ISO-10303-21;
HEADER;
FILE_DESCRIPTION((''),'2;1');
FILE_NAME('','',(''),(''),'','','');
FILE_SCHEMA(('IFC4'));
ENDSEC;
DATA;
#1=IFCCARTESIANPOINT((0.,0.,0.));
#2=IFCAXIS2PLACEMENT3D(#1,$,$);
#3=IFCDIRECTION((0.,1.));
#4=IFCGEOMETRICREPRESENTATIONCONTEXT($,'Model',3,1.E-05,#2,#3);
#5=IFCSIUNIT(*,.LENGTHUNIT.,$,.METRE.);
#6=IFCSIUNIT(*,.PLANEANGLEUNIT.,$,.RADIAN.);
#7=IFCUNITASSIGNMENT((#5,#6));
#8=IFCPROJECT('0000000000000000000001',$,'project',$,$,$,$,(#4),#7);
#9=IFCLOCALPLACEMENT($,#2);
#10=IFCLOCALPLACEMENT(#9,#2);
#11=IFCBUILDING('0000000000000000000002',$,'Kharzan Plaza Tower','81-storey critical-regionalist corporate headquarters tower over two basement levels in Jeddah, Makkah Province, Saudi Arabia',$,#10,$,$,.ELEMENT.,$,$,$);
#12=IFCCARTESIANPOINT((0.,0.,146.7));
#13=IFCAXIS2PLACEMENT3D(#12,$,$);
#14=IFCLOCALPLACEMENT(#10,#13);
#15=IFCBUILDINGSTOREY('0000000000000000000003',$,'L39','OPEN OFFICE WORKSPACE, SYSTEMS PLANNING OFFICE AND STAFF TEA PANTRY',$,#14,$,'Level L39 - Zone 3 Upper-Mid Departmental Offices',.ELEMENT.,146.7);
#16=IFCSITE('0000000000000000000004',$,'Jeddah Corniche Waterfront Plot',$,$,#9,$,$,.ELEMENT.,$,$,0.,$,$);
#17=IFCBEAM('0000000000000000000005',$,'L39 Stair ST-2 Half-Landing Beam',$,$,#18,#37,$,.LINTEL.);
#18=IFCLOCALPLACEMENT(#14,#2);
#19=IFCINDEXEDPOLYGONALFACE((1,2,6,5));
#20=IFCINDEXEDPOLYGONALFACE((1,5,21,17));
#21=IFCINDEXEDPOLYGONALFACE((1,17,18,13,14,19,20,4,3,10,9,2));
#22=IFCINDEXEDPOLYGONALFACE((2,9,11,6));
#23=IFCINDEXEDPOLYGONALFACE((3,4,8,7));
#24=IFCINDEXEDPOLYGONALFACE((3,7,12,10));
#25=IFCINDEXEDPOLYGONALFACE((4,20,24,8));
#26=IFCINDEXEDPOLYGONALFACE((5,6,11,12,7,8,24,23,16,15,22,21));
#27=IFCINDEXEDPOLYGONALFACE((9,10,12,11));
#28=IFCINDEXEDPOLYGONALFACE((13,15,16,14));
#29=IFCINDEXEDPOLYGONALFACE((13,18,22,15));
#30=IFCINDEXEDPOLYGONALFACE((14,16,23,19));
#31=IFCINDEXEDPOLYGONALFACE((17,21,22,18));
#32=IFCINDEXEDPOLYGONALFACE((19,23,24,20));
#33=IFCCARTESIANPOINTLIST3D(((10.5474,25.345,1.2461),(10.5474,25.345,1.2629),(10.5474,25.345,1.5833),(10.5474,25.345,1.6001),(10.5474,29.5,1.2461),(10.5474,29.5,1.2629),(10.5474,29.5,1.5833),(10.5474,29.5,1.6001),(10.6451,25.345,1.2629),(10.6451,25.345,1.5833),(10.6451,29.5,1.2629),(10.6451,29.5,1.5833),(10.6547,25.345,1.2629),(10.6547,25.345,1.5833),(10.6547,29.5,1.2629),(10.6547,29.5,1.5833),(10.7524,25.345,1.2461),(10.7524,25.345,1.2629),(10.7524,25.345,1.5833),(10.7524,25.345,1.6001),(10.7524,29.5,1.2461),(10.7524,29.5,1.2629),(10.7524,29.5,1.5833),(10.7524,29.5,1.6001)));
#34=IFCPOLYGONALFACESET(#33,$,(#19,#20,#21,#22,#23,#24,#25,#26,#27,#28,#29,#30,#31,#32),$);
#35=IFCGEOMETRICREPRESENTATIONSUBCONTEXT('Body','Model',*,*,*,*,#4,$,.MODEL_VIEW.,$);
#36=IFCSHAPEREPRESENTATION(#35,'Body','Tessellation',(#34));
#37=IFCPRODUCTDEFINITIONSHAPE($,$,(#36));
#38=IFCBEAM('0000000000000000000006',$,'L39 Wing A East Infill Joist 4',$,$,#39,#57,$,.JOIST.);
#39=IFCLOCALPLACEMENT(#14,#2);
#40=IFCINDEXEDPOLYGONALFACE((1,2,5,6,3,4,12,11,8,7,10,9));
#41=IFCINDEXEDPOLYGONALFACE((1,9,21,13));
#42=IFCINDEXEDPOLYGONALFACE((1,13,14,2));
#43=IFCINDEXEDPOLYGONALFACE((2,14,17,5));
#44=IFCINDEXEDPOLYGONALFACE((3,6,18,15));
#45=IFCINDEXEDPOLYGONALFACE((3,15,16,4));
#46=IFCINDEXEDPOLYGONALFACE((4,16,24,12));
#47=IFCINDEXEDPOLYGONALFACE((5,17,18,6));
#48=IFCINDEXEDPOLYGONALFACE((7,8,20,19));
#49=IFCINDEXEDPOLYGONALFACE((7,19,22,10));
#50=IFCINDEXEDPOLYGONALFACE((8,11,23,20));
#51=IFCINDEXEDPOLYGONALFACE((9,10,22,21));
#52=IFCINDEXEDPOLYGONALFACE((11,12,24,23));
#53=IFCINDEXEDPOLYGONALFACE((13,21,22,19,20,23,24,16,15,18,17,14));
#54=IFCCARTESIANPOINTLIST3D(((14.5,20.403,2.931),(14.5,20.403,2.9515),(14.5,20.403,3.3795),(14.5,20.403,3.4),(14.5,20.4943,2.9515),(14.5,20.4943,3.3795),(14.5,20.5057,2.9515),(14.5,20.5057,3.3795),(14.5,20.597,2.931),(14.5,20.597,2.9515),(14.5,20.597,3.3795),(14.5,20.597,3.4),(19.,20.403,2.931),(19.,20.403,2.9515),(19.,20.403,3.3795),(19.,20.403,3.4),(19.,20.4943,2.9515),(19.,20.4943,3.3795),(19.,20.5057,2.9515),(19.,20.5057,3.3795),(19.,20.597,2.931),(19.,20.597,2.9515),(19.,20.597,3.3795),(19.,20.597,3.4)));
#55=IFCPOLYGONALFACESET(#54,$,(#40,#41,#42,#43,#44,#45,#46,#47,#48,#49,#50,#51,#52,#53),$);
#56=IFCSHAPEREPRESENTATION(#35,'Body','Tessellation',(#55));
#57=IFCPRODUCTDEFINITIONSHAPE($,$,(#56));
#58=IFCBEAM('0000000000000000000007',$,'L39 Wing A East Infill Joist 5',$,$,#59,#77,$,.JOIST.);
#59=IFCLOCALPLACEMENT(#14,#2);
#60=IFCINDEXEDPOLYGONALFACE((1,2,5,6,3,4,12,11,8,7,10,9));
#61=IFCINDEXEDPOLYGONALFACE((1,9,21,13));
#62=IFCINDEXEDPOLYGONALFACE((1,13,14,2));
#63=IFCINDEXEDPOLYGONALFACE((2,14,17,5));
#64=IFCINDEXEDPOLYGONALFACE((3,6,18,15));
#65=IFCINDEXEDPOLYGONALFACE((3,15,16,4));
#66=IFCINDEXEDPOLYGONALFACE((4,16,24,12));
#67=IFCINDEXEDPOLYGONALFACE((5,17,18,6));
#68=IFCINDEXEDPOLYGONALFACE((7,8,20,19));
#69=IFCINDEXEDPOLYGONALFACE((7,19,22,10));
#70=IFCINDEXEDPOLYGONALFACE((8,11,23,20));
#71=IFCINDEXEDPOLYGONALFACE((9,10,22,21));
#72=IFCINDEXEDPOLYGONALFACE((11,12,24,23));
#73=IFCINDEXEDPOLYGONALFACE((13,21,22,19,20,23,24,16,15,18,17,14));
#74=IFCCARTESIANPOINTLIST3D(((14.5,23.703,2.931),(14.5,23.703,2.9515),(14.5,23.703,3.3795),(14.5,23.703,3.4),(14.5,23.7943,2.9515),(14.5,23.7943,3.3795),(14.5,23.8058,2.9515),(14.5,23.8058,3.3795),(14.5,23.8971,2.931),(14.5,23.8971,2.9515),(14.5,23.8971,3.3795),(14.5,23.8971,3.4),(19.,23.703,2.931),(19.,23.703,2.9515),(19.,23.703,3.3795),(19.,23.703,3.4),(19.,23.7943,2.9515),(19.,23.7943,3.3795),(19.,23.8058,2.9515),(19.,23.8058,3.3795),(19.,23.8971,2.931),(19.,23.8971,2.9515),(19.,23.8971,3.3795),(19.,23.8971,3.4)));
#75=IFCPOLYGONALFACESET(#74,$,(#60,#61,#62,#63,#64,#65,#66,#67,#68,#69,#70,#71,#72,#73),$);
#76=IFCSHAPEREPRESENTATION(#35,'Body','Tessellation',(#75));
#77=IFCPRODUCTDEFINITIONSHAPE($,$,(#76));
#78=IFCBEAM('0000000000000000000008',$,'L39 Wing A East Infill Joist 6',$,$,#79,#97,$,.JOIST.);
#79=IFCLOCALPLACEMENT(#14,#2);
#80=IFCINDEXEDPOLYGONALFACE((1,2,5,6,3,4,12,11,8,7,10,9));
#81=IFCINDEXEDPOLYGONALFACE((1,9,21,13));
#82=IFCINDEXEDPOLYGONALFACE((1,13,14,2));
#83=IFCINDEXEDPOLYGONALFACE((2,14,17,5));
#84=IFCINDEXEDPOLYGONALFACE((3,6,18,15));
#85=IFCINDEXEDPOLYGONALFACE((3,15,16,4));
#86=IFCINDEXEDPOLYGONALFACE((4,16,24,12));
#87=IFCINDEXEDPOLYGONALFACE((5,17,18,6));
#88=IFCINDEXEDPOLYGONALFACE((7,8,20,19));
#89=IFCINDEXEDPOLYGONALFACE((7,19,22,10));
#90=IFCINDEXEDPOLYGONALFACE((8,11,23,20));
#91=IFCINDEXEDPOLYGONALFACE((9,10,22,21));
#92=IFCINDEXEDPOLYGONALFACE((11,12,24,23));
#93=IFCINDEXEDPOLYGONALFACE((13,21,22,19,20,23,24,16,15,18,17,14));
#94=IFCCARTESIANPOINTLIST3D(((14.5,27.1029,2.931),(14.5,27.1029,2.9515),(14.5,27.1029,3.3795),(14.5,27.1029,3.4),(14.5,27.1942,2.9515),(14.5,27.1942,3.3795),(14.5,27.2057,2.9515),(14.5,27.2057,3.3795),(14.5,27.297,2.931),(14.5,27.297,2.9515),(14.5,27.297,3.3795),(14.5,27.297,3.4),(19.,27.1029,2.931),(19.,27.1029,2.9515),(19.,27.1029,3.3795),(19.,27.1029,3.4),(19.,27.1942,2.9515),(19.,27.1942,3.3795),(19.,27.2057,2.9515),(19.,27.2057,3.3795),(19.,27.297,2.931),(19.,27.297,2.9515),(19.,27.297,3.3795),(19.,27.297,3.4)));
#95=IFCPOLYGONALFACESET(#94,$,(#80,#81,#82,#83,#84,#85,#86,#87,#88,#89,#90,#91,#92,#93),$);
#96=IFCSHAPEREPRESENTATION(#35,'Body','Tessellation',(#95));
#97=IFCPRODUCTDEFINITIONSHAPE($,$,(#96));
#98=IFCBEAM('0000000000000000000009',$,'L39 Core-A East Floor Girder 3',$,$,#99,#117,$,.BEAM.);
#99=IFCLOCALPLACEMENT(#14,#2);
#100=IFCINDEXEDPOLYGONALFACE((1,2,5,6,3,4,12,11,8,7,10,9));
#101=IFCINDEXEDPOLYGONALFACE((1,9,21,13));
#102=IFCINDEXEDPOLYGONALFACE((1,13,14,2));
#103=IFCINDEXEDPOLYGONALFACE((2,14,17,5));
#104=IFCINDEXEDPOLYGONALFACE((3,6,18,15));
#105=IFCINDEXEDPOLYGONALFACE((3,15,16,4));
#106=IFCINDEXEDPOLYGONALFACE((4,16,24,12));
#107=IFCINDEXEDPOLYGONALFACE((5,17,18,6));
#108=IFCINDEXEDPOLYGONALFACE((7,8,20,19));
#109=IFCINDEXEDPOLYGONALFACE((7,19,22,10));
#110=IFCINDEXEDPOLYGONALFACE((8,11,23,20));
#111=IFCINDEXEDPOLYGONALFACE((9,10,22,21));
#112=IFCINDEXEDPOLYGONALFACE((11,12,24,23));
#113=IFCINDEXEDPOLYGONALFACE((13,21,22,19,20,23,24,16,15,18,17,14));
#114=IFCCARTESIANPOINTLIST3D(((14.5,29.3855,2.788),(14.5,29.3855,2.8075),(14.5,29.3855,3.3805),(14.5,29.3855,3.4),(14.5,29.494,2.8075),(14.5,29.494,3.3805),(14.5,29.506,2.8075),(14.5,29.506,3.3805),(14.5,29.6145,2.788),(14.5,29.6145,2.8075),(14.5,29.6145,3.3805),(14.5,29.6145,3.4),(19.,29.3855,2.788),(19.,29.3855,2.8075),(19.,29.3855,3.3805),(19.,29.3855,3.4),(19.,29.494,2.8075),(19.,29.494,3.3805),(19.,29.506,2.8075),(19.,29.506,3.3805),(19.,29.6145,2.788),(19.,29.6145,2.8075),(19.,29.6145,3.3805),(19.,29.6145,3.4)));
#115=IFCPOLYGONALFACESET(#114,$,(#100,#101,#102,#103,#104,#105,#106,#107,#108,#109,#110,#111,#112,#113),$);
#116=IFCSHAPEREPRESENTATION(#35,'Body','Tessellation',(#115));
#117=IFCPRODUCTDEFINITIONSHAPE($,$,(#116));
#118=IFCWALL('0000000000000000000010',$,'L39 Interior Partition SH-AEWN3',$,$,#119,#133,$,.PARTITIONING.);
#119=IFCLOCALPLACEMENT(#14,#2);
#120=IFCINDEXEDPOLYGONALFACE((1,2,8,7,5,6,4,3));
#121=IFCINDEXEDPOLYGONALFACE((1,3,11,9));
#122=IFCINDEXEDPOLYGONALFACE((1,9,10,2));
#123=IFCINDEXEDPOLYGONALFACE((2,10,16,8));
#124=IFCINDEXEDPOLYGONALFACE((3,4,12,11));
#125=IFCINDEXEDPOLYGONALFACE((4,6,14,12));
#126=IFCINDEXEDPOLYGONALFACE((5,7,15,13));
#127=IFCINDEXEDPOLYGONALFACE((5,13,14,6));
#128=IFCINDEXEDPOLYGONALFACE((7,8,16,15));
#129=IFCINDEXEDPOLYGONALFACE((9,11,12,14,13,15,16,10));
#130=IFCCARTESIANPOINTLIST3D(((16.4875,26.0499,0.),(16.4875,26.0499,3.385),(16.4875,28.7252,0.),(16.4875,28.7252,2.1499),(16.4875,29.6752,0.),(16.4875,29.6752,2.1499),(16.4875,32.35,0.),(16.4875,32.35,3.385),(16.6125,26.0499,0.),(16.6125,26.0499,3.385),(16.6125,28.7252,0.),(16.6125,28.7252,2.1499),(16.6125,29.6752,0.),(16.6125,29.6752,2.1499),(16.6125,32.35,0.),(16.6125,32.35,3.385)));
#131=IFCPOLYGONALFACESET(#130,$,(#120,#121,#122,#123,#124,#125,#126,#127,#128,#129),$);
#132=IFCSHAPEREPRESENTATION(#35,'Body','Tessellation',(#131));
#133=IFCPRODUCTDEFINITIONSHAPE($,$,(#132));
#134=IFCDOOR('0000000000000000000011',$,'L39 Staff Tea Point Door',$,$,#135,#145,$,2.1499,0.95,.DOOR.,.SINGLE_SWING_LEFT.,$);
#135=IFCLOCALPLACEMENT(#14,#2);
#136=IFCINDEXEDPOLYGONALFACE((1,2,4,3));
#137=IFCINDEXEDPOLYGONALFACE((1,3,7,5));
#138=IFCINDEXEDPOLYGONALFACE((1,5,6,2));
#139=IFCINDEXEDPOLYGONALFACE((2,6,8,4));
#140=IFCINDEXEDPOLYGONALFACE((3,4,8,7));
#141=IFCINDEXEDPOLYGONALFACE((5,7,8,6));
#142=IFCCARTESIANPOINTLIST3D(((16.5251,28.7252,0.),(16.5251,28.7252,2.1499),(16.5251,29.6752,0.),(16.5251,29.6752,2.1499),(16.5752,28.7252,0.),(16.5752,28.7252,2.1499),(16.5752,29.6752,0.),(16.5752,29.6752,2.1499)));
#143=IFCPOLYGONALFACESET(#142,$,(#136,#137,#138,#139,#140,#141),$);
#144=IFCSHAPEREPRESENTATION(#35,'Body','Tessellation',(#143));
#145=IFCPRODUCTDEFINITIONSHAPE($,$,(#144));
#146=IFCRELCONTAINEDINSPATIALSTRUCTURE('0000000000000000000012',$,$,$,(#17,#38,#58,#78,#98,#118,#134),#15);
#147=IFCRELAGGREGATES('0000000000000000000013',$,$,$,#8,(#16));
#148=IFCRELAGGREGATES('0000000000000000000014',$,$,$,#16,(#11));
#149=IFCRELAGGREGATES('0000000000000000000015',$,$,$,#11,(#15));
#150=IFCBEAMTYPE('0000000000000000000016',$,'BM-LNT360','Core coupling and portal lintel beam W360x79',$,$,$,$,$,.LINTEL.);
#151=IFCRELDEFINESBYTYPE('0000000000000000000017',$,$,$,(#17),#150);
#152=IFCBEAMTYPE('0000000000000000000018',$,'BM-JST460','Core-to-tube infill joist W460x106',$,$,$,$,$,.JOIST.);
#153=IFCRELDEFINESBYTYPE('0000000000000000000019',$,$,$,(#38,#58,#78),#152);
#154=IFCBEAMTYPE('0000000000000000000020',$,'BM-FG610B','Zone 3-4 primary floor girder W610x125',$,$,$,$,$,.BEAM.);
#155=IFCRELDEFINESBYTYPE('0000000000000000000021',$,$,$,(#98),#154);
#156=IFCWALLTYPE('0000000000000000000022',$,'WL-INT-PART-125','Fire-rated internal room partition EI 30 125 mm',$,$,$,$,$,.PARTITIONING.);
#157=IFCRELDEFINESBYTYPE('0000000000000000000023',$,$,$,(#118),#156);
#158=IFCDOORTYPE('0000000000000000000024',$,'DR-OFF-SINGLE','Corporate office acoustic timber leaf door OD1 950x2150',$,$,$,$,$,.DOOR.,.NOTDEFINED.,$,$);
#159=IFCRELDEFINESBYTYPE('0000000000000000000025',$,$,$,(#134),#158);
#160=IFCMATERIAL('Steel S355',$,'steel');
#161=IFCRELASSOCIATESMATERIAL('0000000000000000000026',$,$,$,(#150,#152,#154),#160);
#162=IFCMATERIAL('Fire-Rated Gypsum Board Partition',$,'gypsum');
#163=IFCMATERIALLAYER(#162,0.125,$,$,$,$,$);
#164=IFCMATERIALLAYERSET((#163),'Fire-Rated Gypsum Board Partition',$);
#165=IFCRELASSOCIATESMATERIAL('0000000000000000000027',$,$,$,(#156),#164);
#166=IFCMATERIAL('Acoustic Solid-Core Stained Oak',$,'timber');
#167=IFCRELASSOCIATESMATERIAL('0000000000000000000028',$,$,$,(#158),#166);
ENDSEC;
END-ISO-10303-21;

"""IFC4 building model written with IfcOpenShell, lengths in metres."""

from ifc_helpers import new_model, si_unit, direction, frame, frame_2d, origin, origin_2d, place, context, subcontext, project, spatial, rectangle, i_section, extrude, source, transform, mapped, material, layer, layer_set, material_profile, profile_set, type_object, element, fill, save


model = new_model("IFC4")

# Units and contexts
model_context = context("Model", 3, precision=1e-05, world=origin(), true_north=direction((0.0, 1.0)))
body_context = subcontext(model_context, "Body", "Model", "MODEL_VIEW")
ifc_project = project(units=[si_unit("LENGTHUNIT", "METRE"), si_unit("PLANEANGLEUNIT", "RADIAN")], contexts=[model_context])

# Site, building, storey
site_placement = place(None, origin())
site = spatial("IfcSite", under=ifc_project, at=site_placement, Name="Jeddah Corniche Waterfront Plot", CompositionType="ELEMENT", RefElevation=0.0)
building_placement = place(site_placement, origin())
building = spatial("IfcBuilding", under=site, at=building_placement, Name="Kharzan Plaza Tower", Description="81-storey critical-regionalist corporate headquarters tower over two basement levels in Jeddah, Makkah Province, Saudi Arabia", CompositionType="ELEMENT")
storey_placement = place(building_placement, frame((0.0, 0.0, 146.7)))
storey = spatial("IfcBuildingStorey", under=building, at=storey_placement, Name="L39", Description="OPEN OFFICE WORKSPACE, SYSTEMS PLANNING OFFICE AND STAFF TEA PANTRY", LongName="Level L39 - Zone 3 Upper-Mid Departmental Offices", CompositionType="ELEMENT", Elevation=146.7)

# Beams
ifc_material_1 = material(Name="Steel S355", Category="steel")
ifc_material_profile_1 = material_profile(ifc_material_1, i_section(OverallWidth=0.2051, OverallDepth=0.354, WebThickness=0.0095, FlangeThickness=0.0168, at=origin_2d()), Name="W360x79")
ifc_profile_set_1 = profile_set([ifc_material_profile_1], Name="Steel S355")
beam_type_1 = type_object("IfcBeamType", Name="BM-LNT360", Description="Core coupling and portal lintel beam W360x79", PredefinedType="LINTEL", material=ifc_profile_set_1)
shared_shape_1 = source(origin(), body_context, "Body", "SweptSolid", [
    extrude(i_section(OverallWidth=0.2051, OverallDepth=0.354, WebThickness=0.0095, FlangeThickness=0.0168, at=origin_2d()), origin(), (0.0, 0.0, 1.0), 4.155),
])
beam_1_placement = place(storey_placement, frame((10.6499, 25.345, 1.4231), z_axis=(0.0, 1.0, 0.0), x_axis=(-1.0, 0.0, 0.0)))
element("IfcBeam", 1, at=beam_1_placement, inside=storey, type_object=beam_type_1, Name="L39 Stair ST-2 Half-Landing Beam", PredefinedType="LINTEL", context=body_context, shape_type="MappedRepresentation", body=[
    mapped(shared_shape_1, transform((0.0, 0.0, 0.0), x_axis=(1.0, 0.0, 0.0), y_axis=(0.0, 1.0, 0.0), z_axis=(0.0, 0.0, 1.0))),
])
ifc_material_profile_2 = material_profile(ifc_material_1, i_section(OverallWidth=0.1941, OverallDepth=0.469, WebThickness=0.0115, FlangeThickness=0.0205, at=origin_2d()), Name="W460x106")
ifc_profile_set_2 = profile_set([ifc_material_profile_2], Name="Steel S355")
beam_type_2 = type_object("IfcBeamType", Name="BM-JST460", Description="Core-to-tube infill joist W460x106", PredefinedType="JOIST", material=ifc_profile_set_2)
shared_shape_2 = source(origin(), body_context, "Body", "SweptSolid", [
    extrude(i_section(OverallWidth=0.1941, OverallDepth=0.469, WebThickness=0.0115, FlangeThickness=0.0205, at=origin_2d()), origin(), (0.0, 0.0, 1.0), 4.5),
])
for number, where, z_axis, x_axis, name in (
    (2, (14.5, 20.5, 3.1655), (1.0, 0.0, 0.0), (0.0, 1.0, 0.0), "L39 Wing A East Infill Joist 4"),
    (3, (14.5, 23.8, 3.1655), (1.0, 0.0, 0.0), (0.0, 1.0, 0.0), "L39 Wing A East Infill Joist 5"),
    (4, (14.5, 27.2, 3.1655), (1.0, 0.0, 0.0), (0.0, 1.0, 0.0), "L39 Wing A East Infill Joist 6"),
):
    element("IfcBeam", number, at=place(storey_placement, frame(where, z_axis=z_axis, x_axis=x_axis)), inside=storey, type_object=beam_type_2, Name=name, PredefinedType="JOIST", context=body_context, shape_type="MappedRepresentation", body=[
        mapped(shared_shape_2, transform((0.0, 0.0, 0.0), x_axis=(1.0, 0.0, 0.0), y_axis=(0.0, 1.0, 0.0), z_axis=(0.0, 0.0, 1.0))),
    ])
ifc_material_profile_3 = material_profile(ifc_material_1, i_section(OverallWidth=0.229, OverallDepth=0.6121, WebThickness=0.012, FlangeThickness=0.0195, at=origin_2d()), Name="W610x125")
ifc_profile_set_3 = profile_set([ifc_material_profile_3], Name="Steel S355")
beam_type_3 = type_object("IfcBeamType", Name="BM-FG610B", Description="Zone 3-4 primary floor girder W610x125", PredefinedType="BEAM", material=ifc_profile_set_3)
shared_shape_3 = source(origin(), body_context, "Body", "SweptSolid", [
    extrude(i_section(OverallWidth=0.229, OverallDepth=0.6121, WebThickness=0.012, FlangeThickness=0.0195, at=origin_2d()), origin(), (0.0, 0.0, 1.0), 4.5),
])
beam_2_placement = place(storey_placement, frame((14.5, 29.5, 3.094), z_axis=(1.0, 0.0, 0.0), x_axis=(0.0, 1.0, 0.0)))
element("IfcBeam", 5, at=beam_2_placement, inside=storey, type_object=beam_type_3, Name="L39 Core-A East Floor Girder 3", PredefinedType="BEAM", context=body_context, shape_type="MappedRepresentation", body=[
    mapped(shared_shape_3, transform((0.0, 0.0, 0.0), x_axis=(1.0, 0.0, 0.0), y_axis=(0.0, 1.0, 0.0), z_axis=(0.0, 0.0, 1.0))),
])

# Wall, opening, door
ifc_material_2 = material(Name="Fire-Rated Gypsum Board Partition", Category="gypsum")
ifc_layer_1 = layer(ifc_material_2, 0.125)
ifc_layer_set_1 = layer_set([ifc_layer_1], Name="Fire-Rated Gypsum Board Partition")
wall_type_1 = type_object("IfcWallType", Name="WL-INT-PART-125", Description="Fire-rated internal room partition EI 30 125 mm", PredefinedType="PARTITIONING", material=ifc_layer_set_1)
wall_1_placement = place(storey_placement, frame((16.55, 26.05, 0.0), z_axis=(0.0, 0.0, 1.0), x_axis=(0.0, 1.0, 0.0)))
wall_1 = element("IfcWall", 6, at=wall_1_placement, inside=storey, type_object=wall_type_1, Name="L39 Interior Partition SH-AEWN3", PredefinedType="PARTITIONING", context=body_context, shape_type="SweptSolid", body=[
    extrude(rectangle(XDim=6.3, YDim=0.125, at=frame_2d((3.1499, 0.0))), origin(), (0.0, 0.0, 1.0), 3.385),
])
opening_1_placement = place(wall_1_placement, frame((2.675, 0.0, 0.0)))
opening_1 = element("IfcOpeningElement", 7, at=opening_1_placement, cuts=wall_1, PredefinedType="OPENING", context=body_context, shape_type="SweptSolid", body=[
    extrude(rectangle(XDim=0.95, YDim=2.1499, at=frame_2d((0.4751, 1.075))), frame((0.0, 0.0725, 0.0), z_axis=(0.0, -1.0, 0.0), x_axis=(1.0, 0.0, 0.0)), (0.0, 0.0, 1.0), 0.145),
])
ifc_material_3 = material(Name="Acoustic Solid-Core Stained Oak", Category="timber")
door_type_1 = type_object("IfcDoorType", Name="DR-OFF-SINGLE", Description="Corporate office acoustic timber leaf door OD1 950x2150", OperationType="NOTDEFINED", PredefinedType="DOOR", material=ifc_material_3)
shared_shape_4 = source(origin(), body_context, "Body", "SweptSolid", [
    extrude(rectangle(XDim=0.95, YDim=2.1499, at=frame_2d((0.4751, 1.075))), frame((0.0, 0.0249, 0.0), z_axis=(0.0, -1.0, 0.0), x_axis=(1.0, 0.0, 0.0)), (0.0, 0.0, 1.0), 0.05),
])
door_1_placement = place(opening_1_placement, origin())
door_1 = element("IfcDoor", 8, at=door_1_placement, inside=storey, type_object=door_type_1, Name="L39 Staff Tea Point Door", OperationType="SINGLE_SWING_LEFT", OverallHeight=2.1499, OverallWidth=0.95, PredefinedType="DOOR", context=body_context, shape_type="MappedRepresentation", body=[
    mapped(shared_shape_4, transform((0.0, 0.0, 0.0), x_axis=(1.0, 0.0, 0.0), y_axis=(0.0, 1.0, 0.0), z_axis=(0.0, 0.0, 1.0))),
])
fill(opening_1, door_1)

save(model, "model.ifc")
